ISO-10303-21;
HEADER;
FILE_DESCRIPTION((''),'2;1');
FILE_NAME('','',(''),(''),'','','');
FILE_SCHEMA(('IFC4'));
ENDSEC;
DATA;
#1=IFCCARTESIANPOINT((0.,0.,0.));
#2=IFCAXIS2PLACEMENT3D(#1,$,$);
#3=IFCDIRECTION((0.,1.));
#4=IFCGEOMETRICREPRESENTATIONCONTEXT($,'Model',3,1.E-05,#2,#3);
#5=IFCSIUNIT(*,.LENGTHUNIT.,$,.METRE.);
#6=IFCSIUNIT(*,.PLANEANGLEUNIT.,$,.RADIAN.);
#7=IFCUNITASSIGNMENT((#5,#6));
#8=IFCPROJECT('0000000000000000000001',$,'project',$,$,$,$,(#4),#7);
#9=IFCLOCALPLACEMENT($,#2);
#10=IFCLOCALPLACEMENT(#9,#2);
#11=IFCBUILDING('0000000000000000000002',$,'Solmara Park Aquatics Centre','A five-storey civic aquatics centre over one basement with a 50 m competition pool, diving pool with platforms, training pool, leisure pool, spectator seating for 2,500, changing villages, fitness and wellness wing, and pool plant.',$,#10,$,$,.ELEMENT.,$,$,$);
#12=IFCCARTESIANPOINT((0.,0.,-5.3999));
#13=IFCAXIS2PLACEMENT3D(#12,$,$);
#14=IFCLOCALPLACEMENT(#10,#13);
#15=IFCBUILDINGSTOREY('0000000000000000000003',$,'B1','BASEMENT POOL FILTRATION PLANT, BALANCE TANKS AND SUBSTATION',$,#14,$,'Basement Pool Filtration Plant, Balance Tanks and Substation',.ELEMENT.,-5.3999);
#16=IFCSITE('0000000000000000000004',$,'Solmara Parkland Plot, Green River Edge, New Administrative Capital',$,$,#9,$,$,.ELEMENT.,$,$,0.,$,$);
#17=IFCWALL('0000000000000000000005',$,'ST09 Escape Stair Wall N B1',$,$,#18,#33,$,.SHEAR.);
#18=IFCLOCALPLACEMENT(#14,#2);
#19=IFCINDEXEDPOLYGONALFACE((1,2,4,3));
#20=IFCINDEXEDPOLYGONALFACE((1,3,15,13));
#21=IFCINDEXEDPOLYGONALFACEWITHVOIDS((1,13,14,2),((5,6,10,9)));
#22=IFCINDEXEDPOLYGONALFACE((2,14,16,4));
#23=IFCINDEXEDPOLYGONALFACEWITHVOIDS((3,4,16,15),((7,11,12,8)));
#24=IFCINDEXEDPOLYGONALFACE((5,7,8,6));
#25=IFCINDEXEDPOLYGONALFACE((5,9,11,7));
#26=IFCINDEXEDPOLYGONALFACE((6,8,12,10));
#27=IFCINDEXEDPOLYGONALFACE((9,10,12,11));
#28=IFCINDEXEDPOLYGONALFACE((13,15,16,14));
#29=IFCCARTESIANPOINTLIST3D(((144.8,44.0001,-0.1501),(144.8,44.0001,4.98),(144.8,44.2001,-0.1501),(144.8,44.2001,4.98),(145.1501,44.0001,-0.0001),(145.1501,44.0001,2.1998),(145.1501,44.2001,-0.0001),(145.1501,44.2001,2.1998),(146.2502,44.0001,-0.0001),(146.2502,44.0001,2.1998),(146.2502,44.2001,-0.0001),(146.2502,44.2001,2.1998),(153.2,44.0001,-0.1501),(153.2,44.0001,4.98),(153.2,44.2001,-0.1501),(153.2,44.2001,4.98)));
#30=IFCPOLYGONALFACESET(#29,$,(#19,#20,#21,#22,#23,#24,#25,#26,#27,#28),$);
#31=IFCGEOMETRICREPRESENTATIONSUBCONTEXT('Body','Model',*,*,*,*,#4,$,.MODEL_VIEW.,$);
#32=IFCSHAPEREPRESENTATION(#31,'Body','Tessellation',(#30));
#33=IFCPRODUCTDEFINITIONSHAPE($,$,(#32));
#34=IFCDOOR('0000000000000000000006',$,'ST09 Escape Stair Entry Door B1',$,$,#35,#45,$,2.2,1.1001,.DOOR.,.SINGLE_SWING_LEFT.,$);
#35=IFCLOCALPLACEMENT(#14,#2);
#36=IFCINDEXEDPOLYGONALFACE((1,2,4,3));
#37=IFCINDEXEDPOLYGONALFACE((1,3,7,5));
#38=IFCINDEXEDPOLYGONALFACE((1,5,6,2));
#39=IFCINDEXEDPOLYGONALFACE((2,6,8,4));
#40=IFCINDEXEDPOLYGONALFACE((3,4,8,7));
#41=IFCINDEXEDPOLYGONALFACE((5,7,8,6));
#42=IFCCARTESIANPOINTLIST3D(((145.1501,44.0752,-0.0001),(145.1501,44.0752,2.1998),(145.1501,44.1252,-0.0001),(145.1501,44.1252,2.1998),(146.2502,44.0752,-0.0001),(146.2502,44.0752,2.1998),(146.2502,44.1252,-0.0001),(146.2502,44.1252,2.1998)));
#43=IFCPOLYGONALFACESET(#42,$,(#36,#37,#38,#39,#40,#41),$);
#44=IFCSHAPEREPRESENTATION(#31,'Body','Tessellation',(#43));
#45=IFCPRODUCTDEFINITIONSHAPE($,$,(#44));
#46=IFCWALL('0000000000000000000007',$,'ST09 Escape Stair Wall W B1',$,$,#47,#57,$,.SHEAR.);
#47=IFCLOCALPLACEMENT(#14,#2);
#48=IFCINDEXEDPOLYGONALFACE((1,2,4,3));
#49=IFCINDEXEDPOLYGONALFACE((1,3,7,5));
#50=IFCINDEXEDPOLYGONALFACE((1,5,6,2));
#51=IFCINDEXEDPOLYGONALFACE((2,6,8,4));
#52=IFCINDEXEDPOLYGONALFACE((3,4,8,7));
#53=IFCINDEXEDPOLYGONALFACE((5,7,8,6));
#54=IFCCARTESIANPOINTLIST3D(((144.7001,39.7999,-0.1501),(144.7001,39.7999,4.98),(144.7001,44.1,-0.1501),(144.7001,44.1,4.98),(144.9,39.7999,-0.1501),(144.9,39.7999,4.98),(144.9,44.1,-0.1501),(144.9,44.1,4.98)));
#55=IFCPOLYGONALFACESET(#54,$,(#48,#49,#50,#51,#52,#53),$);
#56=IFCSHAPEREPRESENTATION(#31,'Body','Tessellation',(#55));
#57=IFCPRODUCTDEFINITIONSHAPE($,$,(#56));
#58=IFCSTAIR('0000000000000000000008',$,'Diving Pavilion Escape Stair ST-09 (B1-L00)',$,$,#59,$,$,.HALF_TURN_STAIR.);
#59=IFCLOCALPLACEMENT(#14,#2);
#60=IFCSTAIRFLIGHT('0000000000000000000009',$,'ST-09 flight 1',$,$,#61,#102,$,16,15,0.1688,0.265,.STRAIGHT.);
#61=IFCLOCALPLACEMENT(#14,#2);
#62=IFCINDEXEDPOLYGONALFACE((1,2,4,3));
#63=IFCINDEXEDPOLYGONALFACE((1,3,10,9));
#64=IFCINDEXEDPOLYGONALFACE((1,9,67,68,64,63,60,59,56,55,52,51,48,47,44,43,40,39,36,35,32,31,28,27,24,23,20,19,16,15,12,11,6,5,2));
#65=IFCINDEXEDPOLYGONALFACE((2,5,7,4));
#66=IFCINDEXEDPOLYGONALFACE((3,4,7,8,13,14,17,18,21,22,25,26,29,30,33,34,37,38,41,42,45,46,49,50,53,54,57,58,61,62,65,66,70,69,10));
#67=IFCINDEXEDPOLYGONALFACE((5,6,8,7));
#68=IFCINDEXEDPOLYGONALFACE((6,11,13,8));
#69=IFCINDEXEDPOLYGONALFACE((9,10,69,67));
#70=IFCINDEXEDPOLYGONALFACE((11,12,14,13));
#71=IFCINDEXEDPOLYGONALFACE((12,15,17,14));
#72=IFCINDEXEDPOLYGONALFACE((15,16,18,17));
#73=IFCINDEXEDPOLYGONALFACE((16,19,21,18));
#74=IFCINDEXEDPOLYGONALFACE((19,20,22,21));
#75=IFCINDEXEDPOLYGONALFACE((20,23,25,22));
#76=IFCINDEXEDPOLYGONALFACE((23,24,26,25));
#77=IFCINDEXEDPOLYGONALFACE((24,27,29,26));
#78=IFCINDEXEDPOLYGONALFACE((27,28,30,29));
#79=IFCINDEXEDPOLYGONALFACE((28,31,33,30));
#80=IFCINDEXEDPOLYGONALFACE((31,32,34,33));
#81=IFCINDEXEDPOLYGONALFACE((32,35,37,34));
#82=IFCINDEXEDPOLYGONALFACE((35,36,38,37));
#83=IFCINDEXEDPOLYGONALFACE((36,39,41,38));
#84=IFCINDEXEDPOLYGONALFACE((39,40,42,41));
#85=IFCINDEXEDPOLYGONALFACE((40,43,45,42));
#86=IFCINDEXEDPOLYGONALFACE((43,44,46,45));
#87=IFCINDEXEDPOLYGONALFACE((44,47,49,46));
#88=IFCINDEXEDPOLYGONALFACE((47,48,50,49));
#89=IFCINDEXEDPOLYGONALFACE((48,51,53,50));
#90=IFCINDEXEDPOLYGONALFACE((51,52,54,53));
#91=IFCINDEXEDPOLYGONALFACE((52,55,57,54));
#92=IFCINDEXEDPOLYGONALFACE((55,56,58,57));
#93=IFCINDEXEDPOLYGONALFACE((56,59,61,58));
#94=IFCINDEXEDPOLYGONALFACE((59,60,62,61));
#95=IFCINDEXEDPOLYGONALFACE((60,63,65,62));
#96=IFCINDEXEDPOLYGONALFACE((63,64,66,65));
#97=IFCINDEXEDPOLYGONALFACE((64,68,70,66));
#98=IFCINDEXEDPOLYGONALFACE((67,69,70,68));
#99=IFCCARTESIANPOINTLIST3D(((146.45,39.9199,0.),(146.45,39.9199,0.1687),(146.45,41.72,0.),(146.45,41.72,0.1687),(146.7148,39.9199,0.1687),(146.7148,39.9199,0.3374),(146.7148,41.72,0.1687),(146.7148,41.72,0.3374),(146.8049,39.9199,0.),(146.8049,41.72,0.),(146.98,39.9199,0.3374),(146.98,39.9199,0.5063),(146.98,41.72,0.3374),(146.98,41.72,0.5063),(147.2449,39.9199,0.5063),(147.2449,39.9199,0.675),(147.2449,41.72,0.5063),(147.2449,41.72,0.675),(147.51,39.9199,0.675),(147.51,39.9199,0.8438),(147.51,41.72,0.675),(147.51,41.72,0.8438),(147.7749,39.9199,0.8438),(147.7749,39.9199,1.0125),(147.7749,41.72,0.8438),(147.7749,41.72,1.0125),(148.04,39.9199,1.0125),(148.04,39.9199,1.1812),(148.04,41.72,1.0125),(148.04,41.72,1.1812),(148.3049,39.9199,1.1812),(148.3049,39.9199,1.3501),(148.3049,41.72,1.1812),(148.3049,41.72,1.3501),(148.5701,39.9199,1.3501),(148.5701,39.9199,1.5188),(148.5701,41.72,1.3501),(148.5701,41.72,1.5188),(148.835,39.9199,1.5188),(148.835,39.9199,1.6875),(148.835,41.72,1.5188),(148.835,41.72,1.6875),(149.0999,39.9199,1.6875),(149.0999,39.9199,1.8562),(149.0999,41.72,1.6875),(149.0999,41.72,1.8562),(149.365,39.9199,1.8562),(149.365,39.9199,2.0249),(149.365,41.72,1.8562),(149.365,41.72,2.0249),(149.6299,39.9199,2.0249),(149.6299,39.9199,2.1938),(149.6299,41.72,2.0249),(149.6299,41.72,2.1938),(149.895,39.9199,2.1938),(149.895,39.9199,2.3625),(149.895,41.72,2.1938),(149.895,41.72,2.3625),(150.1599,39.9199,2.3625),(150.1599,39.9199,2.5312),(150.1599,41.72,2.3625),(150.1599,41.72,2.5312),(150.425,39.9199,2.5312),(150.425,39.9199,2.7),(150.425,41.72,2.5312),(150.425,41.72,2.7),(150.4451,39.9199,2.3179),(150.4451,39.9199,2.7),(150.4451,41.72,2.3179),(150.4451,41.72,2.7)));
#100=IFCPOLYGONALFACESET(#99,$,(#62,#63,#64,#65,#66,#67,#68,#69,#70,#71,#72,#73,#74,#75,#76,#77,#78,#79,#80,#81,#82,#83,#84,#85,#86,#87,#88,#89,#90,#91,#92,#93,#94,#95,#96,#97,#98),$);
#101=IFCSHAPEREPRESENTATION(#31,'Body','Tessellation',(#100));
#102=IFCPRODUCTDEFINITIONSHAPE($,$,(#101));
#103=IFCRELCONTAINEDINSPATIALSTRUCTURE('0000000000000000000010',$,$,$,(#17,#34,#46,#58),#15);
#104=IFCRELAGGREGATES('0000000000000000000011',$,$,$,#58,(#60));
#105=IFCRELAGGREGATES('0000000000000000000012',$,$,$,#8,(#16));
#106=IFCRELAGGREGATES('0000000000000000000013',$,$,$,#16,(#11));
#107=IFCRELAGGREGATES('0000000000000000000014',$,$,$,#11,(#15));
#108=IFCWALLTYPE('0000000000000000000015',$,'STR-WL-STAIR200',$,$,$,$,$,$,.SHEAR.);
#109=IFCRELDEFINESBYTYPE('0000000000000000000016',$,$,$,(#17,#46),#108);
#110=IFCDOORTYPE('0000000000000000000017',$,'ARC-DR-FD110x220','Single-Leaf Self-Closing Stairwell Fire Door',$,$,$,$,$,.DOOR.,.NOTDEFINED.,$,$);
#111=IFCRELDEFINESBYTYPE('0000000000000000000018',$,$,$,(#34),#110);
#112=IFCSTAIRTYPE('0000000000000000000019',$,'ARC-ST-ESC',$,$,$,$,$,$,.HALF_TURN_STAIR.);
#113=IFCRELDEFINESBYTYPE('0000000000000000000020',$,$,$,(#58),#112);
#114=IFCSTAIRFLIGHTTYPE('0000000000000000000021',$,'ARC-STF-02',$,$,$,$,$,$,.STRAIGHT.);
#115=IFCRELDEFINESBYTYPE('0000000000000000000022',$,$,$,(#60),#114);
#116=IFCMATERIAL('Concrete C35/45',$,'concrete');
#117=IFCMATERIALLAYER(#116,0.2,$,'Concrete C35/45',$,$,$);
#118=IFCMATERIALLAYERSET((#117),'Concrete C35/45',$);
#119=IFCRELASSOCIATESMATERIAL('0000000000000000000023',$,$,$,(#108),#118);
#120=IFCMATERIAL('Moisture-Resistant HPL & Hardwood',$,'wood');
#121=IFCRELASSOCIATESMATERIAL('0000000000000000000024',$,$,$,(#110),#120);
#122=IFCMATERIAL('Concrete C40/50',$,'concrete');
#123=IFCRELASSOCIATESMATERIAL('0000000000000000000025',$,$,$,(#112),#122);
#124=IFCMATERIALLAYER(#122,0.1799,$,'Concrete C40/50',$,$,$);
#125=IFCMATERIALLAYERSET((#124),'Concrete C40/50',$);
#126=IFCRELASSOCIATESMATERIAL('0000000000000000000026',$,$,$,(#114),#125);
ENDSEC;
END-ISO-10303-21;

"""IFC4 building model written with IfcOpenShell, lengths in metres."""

from ifc_helpers import new_model, si_unit, direction, frame, frame_2d, origin, place, context, subcontext, project, spatial, polyline, rectangle, outline, extrude, material, layer, layer_set, type_object, element, fill, aggregate, save


model = new_model("IFC4")

# Units and contexts
model_context = context("Model", 3, precision=1e-05, world=origin(), true_north=direction((0.0, 1.0)))
body_context = subcontext(model_context, "Body", "Model", "MODEL_VIEW")
ifc_project = project(units=[si_unit("LENGTHUNIT", "METRE"), si_unit("PLANEANGLEUNIT", "RADIAN")], contexts=[model_context])

# Site, building, storey
site_placement = place(None, origin())
site = spatial("IfcSite", under=ifc_project, at=site_placement, Name="Solmara Parkland Plot, Green River Edge, New Administrative Capital", CompositionType="ELEMENT", RefElevation=0.0)
building_placement = place(site_placement, origin())
building = spatial("IfcBuilding", under=site, at=building_placement, Name="Solmara Park Aquatics Centre", Description="A five-storey civic aquatics centre over one basement with a 50 m competition pool, diving pool with platforms, training pool, leisure pool, spectator seating for 2,500, changing villages, fitness and wellness wing, and pool plant.", CompositionType="ELEMENT")
storey_placement = place(building_placement, frame((0.0, 0.0, -5.3999)))
storey = spatial("IfcBuildingStorey", under=building, at=storey_placement, Name="B1", Description="BASEMENT POOL FILTRATION PLANT, BALANCE TANKS AND SUBSTATION", LongName="Basement Pool Filtration Plant, Balance Tanks and Substation", CompositionType="ELEMENT", Elevation=-5.3999)

# Shared definitions
ifc_material_1 = material(Name="Concrete C40/50", Category="concrete")

# Shared definitions
ifc_material_2 = material(Name="Concrete C35/45", Category="concrete")
ifc_layer_1 = layer(ifc_material_2, 0.2, Name="Concrete C35/45")
ifc_layer_set_1 = layer_set([ifc_layer_1], Name="Concrete C35/45")
wall_type_1 = type_object("IfcWallType", Name="STR-WL-STAIR200", PredefinedType="SHEAR", material=ifc_layer_set_1)

# Wall, opening, door
wall_1_placement = place(storey_placement, frame((144.8, 44.1001, -0.1501), z_axis=(0.0, 0.0, 1.0), x_axis=(1.0, 0.0, 0.0)))
wall_1 = element("IfcWall", 1, at=wall_1_placement, inside=storey, type_object=wall_type_1, Name="ST09 Escape Stair Wall N B1", PredefinedType="SHEAR", context=body_context, shape_type="SweptSolid", body=[
    extrude(rectangle(XDim=8.3999, YDim=0.2, at=frame_2d((4.2, 0.0))), origin(), (0.0, 0.0, 1.0), 5.1301),
])
opening_placement = place(wall_1_placement, frame((0.3501, 0.0, 0.1499)))
opening = element("IfcOpeningElement", 2, at=opening_placement, cuts=wall_1, PredefinedType="OPENING", context=body_context, shape_type="SweptSolid", body=[
    extrude(rectangle(XDim=1.1001, YDim=2.2, at=frame_2d((0.55, 1.1001))), frame((0.0, 0.1099, 0.0), z_axis=(0.0, -1.0, 0.0), x_axis=(1.0, 0.0, 0.0)), (0.0, 0.0, 1.0), 0.22),
])
ifc_material_3 = material(Name="Moisture-Resistant HPL & Hardwood", Category="wood")
door_type = type_object("IfcDoorType", Name="ARC-DR-FD110x220", Description="Single-Leaf Self-Closing Stairwell Fire Door", OperationType="NOTDEFINED", PredefinedType="DOOR", material=ifc_material_3)
door_placement = place(opening_placement, frame((1.1001, 0.0, 0.0), z_axis=(0.0, 0.0, 1.0), x_axis=(-1.0, 0.0, 0.0)))
door = element("IfcDoor", 3, at=door_placement, inside=storey, type_object=door_type, Name="ST09 Escape Stair Entry Door B1", OperationType="SINGLE_SWING_LEFT", OverallHeight=2.2, OverallWidth=1.1001, PredefinedType="DOOR", context=body_context, shape_type="SweptSolid", body=[
    extrude(rectangle(XDim=1.1001, YDim=2.2, at=frame_2d((0.55, 1.1001))), frame((0.0, 0.0249, 0.0), z_axis=(0.0, -1.0, 0.0), x_axis=(1.0, 0.0, 0.0)), (0.0, 0.0, 1.0), 0.05),
])
fill(opening, door)

# Wall
wall_2_placement = place(storey_placement, frame((144.8, 39.8, -0.1501), z_axis=(0.0, 0.0, 1.0), x_axis=(0.0, 1.0, 0.0)))
element("IfcWall", 4, at=wall_2_placement, inside=storey, type_object=wall_type_1, Name="ST09 Escape Stair Wall W B1", PredefinedType="SHEAR", context=body_context, shape_type="SweptSolid", body=[
    extrude(rectangle(XDim=4.3, YDim=0.2, at=frame_2d((2.1499, 0.0))), origin(), (0.0, 0.0, 1.0), 5.1301),
])

# Stair, stair flight
stair_type = type_object("IfcStairType", Name="ARC-ST-ESC", PredefinedType="HALF_TURN_STAIR", material=ifc_material_1)
stair_placement = place(storey_placement, origin())
stair = element("IfcStair", 5, at=stair_placement, inside=storey, type_object=stair_type, Name="Diving Pavilion Escape Stair ST-09 (B1-L00)", PredefinedType="HALF_TURN_STAIR")
ifc_layer_2 = layer(ifc_material_1, 0.1799, Name="Concrete C40/50")
ifc_layer_set_2 = layer_set([ifc_layer_2], Name="Concrete C40/50")
stair_flight_type = type_object("IfcStairFlightType", Name="ARC-STF-02", PredefinedType="STRAIGHT", material=ifc_layer_set_2)
stair_flight_placement = place(storey_placement, frame((146.45, 40.8201, 0.0), z_axis=(0.0, 0.0, 1.0), x_axis=(1.0, 0.0, 0.0)))
stair_flight = element("IfcStairFlight", 6, at=stair_flight_placement, type_object=stair_flight_type, Name="ST-09 flight 1", NumberOfRisers=16, NumberOfTreads=15, PredefinedType="STRAIGHT", RiserHeight=0.1688, TreadLength=0.265, context=body_context, shape_type="SweptSolid", body=[
    extrude(outline(polyline([(0.0, 0.0), (0.0, 0.1687), (0.2649, 0.1687), (0.2649, 0.3374), (0.53, 0.3374), (0.53, 0.5063), (0.7949, 0.5063), (0.7949, 0.675), (1.0601, 0.675), (1.0601, 0.8438), (1.325, 0.8438), (1.325, 1.0125), (1.5901, 1.0125), (1.5901, 1.1812), (1.855, 1.1812), (1.855, 1.3501), (2.1201, 1.3501), (2.1201, 1.5188), (2.385, 1.5188), (2.385, 1.6875), (2.6499, 1.6875), (2.6499, 1.8562), (2.915, 1.8562), (2.915, 2.0249), (3.1799, 2.0249), (3.1799, 2.1938), (3.4451, 2.1938), (3.4451, 2.3625), (3.71, 2.3625), (3.71, 2.5312), (3.9751, 2.5312), (3.9751, 2.7), (3.9951, 2.7), (3.9951, 2.3179), (0.355, 0.0), (0.0, 0.0)])), frame((0.0, 0.8999, 0.0), z_axis=(0.0, -1.0, 0.0), x_axis=(1.0, 0.0, 0.0)), (0.0, 0.0, 1.0), 1.8),
])
aggregate(stair, [stair_flight])

save(model, "model.ifc")
